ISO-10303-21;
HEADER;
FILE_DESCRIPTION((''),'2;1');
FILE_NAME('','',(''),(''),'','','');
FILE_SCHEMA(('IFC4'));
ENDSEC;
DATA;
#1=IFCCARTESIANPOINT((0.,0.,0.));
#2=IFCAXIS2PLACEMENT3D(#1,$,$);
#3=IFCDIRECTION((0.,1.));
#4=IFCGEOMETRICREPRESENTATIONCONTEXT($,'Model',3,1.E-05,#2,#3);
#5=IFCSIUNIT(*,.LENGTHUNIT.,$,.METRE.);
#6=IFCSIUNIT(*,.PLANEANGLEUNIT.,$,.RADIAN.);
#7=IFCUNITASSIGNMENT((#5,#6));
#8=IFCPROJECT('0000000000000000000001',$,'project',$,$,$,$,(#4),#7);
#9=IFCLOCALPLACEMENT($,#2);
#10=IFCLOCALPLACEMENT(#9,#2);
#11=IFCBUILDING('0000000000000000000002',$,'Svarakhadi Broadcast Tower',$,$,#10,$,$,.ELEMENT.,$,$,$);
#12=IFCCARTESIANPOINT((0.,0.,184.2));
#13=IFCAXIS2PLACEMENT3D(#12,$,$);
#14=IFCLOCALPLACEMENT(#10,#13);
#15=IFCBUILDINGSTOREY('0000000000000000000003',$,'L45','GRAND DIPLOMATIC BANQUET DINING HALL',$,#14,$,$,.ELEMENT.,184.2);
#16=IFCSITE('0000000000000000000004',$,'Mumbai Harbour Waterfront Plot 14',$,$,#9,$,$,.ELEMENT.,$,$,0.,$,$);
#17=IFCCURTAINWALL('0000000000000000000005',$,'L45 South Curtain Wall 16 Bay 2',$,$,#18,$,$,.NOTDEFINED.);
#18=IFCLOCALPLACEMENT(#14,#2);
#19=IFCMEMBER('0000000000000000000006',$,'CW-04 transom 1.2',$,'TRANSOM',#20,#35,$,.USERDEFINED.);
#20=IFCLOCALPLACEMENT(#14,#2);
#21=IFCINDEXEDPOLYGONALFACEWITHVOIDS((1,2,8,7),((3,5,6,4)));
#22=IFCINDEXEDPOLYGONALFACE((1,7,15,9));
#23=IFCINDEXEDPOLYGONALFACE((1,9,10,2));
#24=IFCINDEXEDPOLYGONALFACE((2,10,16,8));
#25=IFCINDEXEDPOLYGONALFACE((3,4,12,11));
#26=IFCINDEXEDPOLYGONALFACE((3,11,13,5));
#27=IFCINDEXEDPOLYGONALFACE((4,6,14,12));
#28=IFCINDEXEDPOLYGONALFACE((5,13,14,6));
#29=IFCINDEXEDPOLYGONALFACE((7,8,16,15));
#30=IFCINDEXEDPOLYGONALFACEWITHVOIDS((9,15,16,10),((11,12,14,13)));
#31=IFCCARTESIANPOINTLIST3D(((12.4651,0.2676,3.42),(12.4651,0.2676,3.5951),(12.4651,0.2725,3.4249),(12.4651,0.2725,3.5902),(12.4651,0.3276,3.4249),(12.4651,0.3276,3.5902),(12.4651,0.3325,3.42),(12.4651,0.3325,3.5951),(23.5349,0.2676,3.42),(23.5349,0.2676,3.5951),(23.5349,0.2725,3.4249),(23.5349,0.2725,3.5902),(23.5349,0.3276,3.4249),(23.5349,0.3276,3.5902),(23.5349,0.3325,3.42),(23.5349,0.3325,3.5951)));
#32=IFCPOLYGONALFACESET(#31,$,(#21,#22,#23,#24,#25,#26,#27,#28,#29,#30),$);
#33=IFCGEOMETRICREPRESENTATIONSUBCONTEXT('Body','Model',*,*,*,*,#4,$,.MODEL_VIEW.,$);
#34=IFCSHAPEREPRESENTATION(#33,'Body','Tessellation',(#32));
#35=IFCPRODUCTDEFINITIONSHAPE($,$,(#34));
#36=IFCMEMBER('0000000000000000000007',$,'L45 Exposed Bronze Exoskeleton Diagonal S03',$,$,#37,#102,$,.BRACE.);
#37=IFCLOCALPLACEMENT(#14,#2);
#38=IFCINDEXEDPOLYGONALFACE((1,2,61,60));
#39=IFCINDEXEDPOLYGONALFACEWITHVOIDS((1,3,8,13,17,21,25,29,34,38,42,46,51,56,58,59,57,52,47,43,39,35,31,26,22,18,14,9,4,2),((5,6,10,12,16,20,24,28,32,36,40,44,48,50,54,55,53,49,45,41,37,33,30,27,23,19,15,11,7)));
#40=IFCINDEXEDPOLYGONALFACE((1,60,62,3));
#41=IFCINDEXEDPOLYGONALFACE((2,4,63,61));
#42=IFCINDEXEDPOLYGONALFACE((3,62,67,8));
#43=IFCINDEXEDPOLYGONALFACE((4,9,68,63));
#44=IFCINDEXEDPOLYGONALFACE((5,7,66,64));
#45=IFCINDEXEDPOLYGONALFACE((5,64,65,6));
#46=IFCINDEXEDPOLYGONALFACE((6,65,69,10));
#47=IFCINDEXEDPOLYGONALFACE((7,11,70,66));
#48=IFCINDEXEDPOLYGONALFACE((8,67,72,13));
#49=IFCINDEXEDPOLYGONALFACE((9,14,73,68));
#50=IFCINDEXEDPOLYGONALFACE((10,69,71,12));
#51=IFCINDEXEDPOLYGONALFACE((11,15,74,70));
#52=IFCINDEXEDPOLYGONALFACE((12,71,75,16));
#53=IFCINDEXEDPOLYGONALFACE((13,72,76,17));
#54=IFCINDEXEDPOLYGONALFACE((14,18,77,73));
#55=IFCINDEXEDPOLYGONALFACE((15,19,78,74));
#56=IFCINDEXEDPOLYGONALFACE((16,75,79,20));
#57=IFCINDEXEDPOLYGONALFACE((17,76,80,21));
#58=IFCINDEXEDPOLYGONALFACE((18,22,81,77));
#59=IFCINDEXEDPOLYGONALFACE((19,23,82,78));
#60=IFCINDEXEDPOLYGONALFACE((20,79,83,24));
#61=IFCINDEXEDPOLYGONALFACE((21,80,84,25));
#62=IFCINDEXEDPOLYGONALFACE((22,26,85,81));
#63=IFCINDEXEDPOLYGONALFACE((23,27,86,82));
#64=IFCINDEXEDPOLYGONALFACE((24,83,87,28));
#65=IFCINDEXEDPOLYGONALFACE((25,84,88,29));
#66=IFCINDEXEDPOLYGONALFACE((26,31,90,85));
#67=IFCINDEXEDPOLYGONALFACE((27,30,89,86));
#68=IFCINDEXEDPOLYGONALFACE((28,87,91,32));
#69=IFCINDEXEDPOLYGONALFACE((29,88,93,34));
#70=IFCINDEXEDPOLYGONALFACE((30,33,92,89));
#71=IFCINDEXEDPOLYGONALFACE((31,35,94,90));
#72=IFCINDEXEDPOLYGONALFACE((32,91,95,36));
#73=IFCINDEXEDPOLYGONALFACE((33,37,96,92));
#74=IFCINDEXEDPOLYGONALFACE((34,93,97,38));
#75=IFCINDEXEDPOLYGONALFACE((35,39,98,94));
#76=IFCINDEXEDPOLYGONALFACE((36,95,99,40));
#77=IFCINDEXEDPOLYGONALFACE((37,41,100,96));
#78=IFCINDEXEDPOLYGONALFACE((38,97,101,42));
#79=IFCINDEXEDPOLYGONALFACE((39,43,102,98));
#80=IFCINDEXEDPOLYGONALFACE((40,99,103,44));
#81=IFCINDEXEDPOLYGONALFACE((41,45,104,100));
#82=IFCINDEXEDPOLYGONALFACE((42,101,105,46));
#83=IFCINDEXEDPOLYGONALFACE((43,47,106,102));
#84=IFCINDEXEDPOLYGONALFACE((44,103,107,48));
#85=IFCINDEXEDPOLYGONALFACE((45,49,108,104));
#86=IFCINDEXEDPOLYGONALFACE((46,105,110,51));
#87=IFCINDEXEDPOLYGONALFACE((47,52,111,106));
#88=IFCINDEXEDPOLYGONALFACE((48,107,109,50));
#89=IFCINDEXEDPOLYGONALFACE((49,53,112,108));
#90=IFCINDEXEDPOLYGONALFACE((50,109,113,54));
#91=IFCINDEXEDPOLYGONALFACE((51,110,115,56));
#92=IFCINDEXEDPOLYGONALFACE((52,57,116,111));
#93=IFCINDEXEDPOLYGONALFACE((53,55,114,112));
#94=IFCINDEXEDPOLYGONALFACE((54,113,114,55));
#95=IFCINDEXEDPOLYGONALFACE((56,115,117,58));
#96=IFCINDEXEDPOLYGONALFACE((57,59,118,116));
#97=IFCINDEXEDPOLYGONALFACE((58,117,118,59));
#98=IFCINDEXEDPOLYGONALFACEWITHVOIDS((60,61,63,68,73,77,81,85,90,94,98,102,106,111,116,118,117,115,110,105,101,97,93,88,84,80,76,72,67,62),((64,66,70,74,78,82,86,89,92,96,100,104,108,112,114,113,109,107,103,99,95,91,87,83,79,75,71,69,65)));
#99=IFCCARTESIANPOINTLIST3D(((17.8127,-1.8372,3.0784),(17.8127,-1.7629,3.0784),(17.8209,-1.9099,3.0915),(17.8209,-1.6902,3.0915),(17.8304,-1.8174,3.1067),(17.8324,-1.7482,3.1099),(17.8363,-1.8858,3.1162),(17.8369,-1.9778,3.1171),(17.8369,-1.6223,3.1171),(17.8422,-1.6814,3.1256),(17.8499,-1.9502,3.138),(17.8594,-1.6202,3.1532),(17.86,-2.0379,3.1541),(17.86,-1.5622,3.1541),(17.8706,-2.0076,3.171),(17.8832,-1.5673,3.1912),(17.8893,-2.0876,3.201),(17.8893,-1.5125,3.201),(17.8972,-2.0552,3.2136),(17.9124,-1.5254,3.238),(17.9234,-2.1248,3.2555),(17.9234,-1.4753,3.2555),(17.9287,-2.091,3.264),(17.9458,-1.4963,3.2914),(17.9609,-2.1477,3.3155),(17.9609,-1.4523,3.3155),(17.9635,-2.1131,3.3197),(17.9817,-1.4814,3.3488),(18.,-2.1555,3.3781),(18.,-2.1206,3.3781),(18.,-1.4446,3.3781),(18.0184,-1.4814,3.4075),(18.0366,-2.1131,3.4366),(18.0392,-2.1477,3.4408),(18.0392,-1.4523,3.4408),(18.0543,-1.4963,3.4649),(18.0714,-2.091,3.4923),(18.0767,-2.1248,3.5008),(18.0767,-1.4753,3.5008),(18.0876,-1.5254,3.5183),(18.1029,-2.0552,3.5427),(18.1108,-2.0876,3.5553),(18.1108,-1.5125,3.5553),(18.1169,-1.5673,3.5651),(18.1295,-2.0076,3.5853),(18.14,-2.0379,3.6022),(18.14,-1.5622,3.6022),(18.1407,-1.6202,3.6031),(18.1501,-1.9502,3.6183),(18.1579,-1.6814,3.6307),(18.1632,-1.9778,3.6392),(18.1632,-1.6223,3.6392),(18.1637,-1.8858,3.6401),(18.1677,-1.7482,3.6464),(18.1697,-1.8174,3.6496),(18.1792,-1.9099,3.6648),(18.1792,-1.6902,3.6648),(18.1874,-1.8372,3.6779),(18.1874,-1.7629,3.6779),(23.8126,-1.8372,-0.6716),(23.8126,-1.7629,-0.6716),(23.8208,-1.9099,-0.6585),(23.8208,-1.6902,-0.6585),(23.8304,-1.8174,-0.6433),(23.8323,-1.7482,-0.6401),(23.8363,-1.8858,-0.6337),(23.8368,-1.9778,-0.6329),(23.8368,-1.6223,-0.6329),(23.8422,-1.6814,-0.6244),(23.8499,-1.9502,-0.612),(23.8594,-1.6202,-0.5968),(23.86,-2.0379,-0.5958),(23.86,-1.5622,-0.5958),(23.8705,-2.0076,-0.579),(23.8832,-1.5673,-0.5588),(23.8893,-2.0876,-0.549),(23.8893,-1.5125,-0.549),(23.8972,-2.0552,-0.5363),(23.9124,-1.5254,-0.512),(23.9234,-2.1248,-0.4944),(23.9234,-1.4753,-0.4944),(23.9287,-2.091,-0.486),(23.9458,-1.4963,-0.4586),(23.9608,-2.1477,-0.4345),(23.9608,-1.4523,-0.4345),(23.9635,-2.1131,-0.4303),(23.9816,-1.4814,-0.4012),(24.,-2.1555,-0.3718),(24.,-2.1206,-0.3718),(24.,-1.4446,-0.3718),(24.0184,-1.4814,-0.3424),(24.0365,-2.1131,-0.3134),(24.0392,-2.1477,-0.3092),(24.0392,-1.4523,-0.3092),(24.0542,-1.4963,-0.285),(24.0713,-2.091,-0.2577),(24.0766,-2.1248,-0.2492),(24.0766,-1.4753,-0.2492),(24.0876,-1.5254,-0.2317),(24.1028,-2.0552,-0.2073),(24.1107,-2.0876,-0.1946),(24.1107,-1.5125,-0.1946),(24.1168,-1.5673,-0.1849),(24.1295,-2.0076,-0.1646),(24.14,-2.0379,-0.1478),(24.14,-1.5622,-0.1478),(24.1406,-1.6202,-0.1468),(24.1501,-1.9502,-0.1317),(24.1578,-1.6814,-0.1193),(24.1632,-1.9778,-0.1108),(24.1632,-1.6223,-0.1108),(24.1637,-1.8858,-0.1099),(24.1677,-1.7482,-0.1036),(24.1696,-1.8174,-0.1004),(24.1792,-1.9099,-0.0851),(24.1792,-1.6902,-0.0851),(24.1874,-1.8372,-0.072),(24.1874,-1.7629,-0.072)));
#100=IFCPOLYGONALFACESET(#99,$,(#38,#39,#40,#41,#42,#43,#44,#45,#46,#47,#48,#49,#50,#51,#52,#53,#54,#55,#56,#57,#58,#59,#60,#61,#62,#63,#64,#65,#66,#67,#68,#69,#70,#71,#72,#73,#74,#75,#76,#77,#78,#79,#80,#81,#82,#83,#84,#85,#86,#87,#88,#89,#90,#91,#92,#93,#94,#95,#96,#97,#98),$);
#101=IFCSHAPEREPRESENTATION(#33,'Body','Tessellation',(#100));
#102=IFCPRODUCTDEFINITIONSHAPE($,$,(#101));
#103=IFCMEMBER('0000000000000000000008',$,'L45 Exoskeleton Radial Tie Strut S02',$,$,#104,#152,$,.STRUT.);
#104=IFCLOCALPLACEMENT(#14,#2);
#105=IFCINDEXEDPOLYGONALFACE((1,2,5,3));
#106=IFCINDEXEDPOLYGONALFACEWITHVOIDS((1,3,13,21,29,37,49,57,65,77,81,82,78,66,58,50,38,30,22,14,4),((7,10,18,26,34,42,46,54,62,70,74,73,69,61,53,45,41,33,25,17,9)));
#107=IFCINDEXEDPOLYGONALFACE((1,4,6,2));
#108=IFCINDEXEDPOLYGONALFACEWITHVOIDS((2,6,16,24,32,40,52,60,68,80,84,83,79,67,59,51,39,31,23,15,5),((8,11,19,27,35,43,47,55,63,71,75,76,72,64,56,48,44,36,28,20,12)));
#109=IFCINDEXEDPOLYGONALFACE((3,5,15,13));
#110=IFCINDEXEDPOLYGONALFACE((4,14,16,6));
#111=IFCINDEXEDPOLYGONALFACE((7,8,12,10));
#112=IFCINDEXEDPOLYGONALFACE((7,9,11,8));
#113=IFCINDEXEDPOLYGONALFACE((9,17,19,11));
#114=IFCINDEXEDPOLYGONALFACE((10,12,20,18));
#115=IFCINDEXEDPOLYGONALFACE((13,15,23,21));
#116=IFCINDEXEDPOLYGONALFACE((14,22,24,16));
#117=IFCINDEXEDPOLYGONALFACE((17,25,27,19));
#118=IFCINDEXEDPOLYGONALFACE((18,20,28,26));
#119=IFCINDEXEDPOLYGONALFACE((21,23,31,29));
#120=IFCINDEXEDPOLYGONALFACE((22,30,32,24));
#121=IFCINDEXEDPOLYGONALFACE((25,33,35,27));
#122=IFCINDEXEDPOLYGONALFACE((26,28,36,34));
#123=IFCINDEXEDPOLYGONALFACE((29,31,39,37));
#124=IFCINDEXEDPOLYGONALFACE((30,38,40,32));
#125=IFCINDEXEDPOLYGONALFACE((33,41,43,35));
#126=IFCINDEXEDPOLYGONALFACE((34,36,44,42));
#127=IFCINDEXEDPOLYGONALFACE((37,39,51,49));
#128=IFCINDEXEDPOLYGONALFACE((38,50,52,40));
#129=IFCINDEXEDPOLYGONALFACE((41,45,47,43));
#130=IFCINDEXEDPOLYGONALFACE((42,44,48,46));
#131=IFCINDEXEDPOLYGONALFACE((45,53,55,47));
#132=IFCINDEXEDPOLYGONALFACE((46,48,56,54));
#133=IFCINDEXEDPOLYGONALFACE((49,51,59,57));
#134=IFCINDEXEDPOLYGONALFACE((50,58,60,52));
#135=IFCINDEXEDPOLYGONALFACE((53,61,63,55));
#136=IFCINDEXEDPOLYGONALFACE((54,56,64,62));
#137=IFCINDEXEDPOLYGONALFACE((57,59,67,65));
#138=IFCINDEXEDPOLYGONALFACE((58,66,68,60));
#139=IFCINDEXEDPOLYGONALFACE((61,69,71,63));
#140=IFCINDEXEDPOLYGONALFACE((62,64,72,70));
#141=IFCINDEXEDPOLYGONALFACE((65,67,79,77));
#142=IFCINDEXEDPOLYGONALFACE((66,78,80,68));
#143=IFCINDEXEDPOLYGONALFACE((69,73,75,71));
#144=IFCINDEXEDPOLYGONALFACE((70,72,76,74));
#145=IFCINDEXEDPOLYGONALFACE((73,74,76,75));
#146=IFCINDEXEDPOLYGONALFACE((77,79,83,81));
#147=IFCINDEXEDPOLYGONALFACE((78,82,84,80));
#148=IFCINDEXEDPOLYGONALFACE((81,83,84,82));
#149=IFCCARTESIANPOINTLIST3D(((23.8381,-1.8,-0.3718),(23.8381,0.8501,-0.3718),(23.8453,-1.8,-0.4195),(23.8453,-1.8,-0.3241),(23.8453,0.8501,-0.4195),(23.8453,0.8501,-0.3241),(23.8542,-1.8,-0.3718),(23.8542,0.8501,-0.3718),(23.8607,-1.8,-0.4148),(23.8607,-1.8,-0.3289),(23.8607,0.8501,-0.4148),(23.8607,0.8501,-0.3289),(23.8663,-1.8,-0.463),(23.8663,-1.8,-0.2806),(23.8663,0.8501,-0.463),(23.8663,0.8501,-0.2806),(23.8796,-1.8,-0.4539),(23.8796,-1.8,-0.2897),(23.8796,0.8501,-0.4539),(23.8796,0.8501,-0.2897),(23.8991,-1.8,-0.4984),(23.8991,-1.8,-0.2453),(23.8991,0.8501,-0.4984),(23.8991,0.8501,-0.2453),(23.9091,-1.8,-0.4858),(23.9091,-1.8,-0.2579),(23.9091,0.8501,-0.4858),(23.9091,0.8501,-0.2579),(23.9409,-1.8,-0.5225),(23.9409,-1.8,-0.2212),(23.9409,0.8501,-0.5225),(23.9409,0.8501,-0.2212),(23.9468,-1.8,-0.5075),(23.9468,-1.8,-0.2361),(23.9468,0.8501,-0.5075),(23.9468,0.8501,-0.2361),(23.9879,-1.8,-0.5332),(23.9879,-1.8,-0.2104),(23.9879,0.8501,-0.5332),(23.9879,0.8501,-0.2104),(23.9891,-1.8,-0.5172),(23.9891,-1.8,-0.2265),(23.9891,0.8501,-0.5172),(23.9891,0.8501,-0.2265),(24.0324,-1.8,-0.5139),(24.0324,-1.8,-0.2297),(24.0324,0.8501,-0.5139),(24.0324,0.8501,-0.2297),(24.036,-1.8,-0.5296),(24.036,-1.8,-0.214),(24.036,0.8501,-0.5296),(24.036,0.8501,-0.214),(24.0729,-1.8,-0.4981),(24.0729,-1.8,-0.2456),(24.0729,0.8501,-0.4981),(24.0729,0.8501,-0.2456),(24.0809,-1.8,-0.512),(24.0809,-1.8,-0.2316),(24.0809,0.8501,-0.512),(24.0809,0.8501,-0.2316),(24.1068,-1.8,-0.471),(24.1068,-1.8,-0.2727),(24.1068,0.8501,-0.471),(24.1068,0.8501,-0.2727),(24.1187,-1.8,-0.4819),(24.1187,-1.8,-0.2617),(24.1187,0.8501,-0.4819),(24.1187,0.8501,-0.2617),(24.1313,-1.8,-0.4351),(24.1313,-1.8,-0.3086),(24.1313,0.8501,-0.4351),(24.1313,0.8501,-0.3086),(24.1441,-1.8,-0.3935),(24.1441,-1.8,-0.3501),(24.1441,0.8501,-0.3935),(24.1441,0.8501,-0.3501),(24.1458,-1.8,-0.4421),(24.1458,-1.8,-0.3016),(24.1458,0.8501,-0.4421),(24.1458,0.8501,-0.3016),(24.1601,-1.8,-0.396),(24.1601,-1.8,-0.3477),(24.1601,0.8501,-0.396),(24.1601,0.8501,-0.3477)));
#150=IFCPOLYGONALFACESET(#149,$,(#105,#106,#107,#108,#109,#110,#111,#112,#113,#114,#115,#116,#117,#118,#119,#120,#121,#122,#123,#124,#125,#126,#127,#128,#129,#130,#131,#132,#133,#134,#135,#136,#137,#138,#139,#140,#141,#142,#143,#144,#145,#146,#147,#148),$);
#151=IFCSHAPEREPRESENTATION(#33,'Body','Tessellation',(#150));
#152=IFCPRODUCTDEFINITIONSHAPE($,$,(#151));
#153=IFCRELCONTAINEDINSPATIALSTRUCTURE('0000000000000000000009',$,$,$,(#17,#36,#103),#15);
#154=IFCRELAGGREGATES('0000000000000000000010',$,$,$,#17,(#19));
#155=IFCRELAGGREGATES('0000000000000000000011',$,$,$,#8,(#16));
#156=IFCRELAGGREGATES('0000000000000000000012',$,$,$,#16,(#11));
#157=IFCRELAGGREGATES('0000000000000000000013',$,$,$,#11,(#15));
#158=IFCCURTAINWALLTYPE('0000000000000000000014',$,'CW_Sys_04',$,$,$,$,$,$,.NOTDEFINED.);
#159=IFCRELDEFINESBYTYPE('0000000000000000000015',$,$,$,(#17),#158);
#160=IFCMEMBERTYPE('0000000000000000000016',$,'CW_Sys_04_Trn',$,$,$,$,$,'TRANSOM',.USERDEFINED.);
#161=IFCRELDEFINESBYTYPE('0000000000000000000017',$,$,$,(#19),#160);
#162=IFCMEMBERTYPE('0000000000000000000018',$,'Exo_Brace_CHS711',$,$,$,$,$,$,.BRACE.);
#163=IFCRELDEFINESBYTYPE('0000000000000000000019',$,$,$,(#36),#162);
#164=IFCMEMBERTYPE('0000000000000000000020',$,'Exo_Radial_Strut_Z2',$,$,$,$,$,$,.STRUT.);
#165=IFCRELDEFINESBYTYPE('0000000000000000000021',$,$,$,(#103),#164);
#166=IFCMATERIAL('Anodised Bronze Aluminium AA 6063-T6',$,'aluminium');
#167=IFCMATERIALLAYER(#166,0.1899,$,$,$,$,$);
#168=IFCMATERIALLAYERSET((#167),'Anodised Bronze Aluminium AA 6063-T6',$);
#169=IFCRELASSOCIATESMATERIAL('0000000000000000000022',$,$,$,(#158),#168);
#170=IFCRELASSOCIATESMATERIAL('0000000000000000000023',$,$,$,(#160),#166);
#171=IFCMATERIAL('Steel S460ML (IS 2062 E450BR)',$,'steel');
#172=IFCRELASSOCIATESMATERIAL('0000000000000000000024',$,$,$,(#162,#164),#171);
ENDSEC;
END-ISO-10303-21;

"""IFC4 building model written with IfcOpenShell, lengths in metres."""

from ifc_helpers import new_model, si_unit, direction, frame, origin, origin_2d, place, context, subcontext, project, spatial, hollow_rectangle, hollow_circle, extrude, material, layer, layer_set, material_profile, profile_set, type_object, element, aggregate, save


model = new_model("IFC4")

# Units and contexts
model_context = context("Model", 3, precision=1e-05, world=origin(), true_north=direction((0.0, 1.0)))
body_context = subcontext(model_context, "Body", "Model", "MODEL_VIEW")
ifc_project = project(units=[si_unit("LENGTHUNIT", "METRE"), si_unit("PLANEANGLEUNIT", "RADIAN")], contexts=[model_context])

# Site, building, storey
site_placement = place(None, origin())
site = spatial("IfcSite", under=ifc_project, at=site_placement, Name="Mumbai Harbour Waterfront Plot 14", CompositionType="ELEMENT", RefElevation=0.0)
building_placement = place(site_placement, origin())
building = spatial("IfcBuilding", under=site, at=building_placement, Name="Svarakhadi Broadcast Tower", CompositionType="ELEMENT")
storey_placement = place(building_placement, frame((0.0, 0.0, 184.2)))
storey = spatial("IfcBuildingStorey", under=building, at=storey_placement, Name="L45", Description="GRAND DIPLOMATIC BANQUET DINING HALL", CompositionType="ELEMENT", Elevation=184.2)

# Shared definitions
ifc_material_1 = material(Name="Steel S460ML (IS 2062 E450BR)", Category="steel")

# Shared definitions
ifc_material_2 = material(Name="Anodised Bronze Aluminium AA 6063-T6", Category="aluminium")
ifc_layer_1 = layer(ifc_material_2, 0.1899)
ifc_layer_set_1 = layer_set([ifc_layer_1], Name="Anodised Bronze Aluminium AA 6063-T6")
curtain_wall_type = type_object("IfcCurtainWallType", Name="CW_Sys_04", PredefinedType="NOTDEFINED", material=ifc_layer_set_1)

# Curtain wall
curtain_wall_1_placement = place(storey_placement, origin())
curtain_wall_1 = element("IfcCurtainWall", 1, at=curtain_wall_1_placement, inside=storey, type_object=curtain_wall_type, Name="L45 South Curtain Wall 16 Bay 2", PredefinedType="NOTDEFINED")

# Member
ifc_material_profile_1 = material_profile(ifc_material_2, hollow_rectangle(XDim=0.0649, YDim=0.175, WallThickness=0.0049, at=origin_2d()), Name="ALU TRANSOM 175x65x5")
ifc_profile_set_1 = profile_set([ifc_material_profile_1], Name="Anodised Bronze Aluminium AA 6063-T6")
member_type_1 = type_object("IfcMemberType", Name="CW_Sys_04_Trn", ElementType="TRANSOM", PredefinedType="USERDEFINED", material=ifc_profile_set_1)
member_1_placement = place(storey_placement, frame((23.5349, 0.3, 3.5076), z_axis=(-1.0, 0.0, 0.0), x_axis=(0.0, -1.0, 0.0)))
member_1 = element("IfcMember", 2, at=member_1_placement, type_object=member_type_1, Name="CW-04 transom 1.2", ObjectType="TRANSOM", PredefinedType="USERDEFINED", context=body_context, shape_type="SweptSolid", body=[
    extrude(hollow_rectangle(XDim=0.0649, YDim=0.175, WallThickness=0.0049, at=origin_2d()), origin(), (0.0, 0.0, 1.0), 11.0698),
])

# Members
ifc_material_profile_2 = material_profile(ifc_material_1, hollow_circle(Radius=0.3555, WallThickness=0.0349, at=origin_2d()), Name="CHS 711x35")
ifc_profile_set_2 = profile_set([ifc_material_profile_2], Name="Steel S460ML (IS 2062 E450BR)")
member_type_2 = type_object("IfcMemberType", Name="Exo_Brace_CHS711", PredefinedType="BRACE", material=ifc_profile_set_2)
member_2_placement = place(storey_placement, frame((24.0, -1.8, -0.3718), z_axis=(-0.847998, 0.0, 0.529999), x_axis=(0.0, -1.0, 0.0)))
element("IfcMember", 3, at=member_2_placement, inside=storey, type_object=member_type_2, Name="L45 Exposed Bronze Exoskeleton Diagonal S03", PredefinedType="BRACE", context=body_context, shape_type="SweptSolid", body=[
    extrude(hollow_circle(Radius=0.3555, WallThickness=0.0349, at=origin_2d()), origin(), (0.0, 0.0, 1.0), 7.0754),
])
ifc_material_profile_3 = material_profile(ifc_material_1, hollow_circle(Radius=0.1619, WallThickness=0.0161, at=origin_2d()), Name="CHS 323.9x16")
ifc_profile_set_3 = profile_set([ifc_material_profile_3], Name="Steel S460ML (IS 2062 E450BR)")
member_type_3 = type_object("IfcMemberType", Name="Exo_Radial_Strut_Z2", PredefinedType="STRUT", material=ifc_profile_set_3)
member_3_placement = place(storey_placement, frame((24.0, -1.8, -0.3718), z_axis=(0.0, 1.0, 0.0), x_axis=(-1.0, 0.0, 0.0)))
element("IfcMember", 4, at=member_3_placement, inside=storey, type_object=member_type_3, Name="L45 Exoskeleton Radial Tie Strut S02", PredefinedType="STRUT", context=body_context, shape_type="SweptSolid", body=[
    extrude(hollow_circle(Radius=0.1619, WallThickness=0.0161, at=origin_2d()), origin(), (0.0, 0.0, 1.0), 2.6501),
])

aggregate(curtain_wall_1, [member_1])

save(model, "model.ifc")
